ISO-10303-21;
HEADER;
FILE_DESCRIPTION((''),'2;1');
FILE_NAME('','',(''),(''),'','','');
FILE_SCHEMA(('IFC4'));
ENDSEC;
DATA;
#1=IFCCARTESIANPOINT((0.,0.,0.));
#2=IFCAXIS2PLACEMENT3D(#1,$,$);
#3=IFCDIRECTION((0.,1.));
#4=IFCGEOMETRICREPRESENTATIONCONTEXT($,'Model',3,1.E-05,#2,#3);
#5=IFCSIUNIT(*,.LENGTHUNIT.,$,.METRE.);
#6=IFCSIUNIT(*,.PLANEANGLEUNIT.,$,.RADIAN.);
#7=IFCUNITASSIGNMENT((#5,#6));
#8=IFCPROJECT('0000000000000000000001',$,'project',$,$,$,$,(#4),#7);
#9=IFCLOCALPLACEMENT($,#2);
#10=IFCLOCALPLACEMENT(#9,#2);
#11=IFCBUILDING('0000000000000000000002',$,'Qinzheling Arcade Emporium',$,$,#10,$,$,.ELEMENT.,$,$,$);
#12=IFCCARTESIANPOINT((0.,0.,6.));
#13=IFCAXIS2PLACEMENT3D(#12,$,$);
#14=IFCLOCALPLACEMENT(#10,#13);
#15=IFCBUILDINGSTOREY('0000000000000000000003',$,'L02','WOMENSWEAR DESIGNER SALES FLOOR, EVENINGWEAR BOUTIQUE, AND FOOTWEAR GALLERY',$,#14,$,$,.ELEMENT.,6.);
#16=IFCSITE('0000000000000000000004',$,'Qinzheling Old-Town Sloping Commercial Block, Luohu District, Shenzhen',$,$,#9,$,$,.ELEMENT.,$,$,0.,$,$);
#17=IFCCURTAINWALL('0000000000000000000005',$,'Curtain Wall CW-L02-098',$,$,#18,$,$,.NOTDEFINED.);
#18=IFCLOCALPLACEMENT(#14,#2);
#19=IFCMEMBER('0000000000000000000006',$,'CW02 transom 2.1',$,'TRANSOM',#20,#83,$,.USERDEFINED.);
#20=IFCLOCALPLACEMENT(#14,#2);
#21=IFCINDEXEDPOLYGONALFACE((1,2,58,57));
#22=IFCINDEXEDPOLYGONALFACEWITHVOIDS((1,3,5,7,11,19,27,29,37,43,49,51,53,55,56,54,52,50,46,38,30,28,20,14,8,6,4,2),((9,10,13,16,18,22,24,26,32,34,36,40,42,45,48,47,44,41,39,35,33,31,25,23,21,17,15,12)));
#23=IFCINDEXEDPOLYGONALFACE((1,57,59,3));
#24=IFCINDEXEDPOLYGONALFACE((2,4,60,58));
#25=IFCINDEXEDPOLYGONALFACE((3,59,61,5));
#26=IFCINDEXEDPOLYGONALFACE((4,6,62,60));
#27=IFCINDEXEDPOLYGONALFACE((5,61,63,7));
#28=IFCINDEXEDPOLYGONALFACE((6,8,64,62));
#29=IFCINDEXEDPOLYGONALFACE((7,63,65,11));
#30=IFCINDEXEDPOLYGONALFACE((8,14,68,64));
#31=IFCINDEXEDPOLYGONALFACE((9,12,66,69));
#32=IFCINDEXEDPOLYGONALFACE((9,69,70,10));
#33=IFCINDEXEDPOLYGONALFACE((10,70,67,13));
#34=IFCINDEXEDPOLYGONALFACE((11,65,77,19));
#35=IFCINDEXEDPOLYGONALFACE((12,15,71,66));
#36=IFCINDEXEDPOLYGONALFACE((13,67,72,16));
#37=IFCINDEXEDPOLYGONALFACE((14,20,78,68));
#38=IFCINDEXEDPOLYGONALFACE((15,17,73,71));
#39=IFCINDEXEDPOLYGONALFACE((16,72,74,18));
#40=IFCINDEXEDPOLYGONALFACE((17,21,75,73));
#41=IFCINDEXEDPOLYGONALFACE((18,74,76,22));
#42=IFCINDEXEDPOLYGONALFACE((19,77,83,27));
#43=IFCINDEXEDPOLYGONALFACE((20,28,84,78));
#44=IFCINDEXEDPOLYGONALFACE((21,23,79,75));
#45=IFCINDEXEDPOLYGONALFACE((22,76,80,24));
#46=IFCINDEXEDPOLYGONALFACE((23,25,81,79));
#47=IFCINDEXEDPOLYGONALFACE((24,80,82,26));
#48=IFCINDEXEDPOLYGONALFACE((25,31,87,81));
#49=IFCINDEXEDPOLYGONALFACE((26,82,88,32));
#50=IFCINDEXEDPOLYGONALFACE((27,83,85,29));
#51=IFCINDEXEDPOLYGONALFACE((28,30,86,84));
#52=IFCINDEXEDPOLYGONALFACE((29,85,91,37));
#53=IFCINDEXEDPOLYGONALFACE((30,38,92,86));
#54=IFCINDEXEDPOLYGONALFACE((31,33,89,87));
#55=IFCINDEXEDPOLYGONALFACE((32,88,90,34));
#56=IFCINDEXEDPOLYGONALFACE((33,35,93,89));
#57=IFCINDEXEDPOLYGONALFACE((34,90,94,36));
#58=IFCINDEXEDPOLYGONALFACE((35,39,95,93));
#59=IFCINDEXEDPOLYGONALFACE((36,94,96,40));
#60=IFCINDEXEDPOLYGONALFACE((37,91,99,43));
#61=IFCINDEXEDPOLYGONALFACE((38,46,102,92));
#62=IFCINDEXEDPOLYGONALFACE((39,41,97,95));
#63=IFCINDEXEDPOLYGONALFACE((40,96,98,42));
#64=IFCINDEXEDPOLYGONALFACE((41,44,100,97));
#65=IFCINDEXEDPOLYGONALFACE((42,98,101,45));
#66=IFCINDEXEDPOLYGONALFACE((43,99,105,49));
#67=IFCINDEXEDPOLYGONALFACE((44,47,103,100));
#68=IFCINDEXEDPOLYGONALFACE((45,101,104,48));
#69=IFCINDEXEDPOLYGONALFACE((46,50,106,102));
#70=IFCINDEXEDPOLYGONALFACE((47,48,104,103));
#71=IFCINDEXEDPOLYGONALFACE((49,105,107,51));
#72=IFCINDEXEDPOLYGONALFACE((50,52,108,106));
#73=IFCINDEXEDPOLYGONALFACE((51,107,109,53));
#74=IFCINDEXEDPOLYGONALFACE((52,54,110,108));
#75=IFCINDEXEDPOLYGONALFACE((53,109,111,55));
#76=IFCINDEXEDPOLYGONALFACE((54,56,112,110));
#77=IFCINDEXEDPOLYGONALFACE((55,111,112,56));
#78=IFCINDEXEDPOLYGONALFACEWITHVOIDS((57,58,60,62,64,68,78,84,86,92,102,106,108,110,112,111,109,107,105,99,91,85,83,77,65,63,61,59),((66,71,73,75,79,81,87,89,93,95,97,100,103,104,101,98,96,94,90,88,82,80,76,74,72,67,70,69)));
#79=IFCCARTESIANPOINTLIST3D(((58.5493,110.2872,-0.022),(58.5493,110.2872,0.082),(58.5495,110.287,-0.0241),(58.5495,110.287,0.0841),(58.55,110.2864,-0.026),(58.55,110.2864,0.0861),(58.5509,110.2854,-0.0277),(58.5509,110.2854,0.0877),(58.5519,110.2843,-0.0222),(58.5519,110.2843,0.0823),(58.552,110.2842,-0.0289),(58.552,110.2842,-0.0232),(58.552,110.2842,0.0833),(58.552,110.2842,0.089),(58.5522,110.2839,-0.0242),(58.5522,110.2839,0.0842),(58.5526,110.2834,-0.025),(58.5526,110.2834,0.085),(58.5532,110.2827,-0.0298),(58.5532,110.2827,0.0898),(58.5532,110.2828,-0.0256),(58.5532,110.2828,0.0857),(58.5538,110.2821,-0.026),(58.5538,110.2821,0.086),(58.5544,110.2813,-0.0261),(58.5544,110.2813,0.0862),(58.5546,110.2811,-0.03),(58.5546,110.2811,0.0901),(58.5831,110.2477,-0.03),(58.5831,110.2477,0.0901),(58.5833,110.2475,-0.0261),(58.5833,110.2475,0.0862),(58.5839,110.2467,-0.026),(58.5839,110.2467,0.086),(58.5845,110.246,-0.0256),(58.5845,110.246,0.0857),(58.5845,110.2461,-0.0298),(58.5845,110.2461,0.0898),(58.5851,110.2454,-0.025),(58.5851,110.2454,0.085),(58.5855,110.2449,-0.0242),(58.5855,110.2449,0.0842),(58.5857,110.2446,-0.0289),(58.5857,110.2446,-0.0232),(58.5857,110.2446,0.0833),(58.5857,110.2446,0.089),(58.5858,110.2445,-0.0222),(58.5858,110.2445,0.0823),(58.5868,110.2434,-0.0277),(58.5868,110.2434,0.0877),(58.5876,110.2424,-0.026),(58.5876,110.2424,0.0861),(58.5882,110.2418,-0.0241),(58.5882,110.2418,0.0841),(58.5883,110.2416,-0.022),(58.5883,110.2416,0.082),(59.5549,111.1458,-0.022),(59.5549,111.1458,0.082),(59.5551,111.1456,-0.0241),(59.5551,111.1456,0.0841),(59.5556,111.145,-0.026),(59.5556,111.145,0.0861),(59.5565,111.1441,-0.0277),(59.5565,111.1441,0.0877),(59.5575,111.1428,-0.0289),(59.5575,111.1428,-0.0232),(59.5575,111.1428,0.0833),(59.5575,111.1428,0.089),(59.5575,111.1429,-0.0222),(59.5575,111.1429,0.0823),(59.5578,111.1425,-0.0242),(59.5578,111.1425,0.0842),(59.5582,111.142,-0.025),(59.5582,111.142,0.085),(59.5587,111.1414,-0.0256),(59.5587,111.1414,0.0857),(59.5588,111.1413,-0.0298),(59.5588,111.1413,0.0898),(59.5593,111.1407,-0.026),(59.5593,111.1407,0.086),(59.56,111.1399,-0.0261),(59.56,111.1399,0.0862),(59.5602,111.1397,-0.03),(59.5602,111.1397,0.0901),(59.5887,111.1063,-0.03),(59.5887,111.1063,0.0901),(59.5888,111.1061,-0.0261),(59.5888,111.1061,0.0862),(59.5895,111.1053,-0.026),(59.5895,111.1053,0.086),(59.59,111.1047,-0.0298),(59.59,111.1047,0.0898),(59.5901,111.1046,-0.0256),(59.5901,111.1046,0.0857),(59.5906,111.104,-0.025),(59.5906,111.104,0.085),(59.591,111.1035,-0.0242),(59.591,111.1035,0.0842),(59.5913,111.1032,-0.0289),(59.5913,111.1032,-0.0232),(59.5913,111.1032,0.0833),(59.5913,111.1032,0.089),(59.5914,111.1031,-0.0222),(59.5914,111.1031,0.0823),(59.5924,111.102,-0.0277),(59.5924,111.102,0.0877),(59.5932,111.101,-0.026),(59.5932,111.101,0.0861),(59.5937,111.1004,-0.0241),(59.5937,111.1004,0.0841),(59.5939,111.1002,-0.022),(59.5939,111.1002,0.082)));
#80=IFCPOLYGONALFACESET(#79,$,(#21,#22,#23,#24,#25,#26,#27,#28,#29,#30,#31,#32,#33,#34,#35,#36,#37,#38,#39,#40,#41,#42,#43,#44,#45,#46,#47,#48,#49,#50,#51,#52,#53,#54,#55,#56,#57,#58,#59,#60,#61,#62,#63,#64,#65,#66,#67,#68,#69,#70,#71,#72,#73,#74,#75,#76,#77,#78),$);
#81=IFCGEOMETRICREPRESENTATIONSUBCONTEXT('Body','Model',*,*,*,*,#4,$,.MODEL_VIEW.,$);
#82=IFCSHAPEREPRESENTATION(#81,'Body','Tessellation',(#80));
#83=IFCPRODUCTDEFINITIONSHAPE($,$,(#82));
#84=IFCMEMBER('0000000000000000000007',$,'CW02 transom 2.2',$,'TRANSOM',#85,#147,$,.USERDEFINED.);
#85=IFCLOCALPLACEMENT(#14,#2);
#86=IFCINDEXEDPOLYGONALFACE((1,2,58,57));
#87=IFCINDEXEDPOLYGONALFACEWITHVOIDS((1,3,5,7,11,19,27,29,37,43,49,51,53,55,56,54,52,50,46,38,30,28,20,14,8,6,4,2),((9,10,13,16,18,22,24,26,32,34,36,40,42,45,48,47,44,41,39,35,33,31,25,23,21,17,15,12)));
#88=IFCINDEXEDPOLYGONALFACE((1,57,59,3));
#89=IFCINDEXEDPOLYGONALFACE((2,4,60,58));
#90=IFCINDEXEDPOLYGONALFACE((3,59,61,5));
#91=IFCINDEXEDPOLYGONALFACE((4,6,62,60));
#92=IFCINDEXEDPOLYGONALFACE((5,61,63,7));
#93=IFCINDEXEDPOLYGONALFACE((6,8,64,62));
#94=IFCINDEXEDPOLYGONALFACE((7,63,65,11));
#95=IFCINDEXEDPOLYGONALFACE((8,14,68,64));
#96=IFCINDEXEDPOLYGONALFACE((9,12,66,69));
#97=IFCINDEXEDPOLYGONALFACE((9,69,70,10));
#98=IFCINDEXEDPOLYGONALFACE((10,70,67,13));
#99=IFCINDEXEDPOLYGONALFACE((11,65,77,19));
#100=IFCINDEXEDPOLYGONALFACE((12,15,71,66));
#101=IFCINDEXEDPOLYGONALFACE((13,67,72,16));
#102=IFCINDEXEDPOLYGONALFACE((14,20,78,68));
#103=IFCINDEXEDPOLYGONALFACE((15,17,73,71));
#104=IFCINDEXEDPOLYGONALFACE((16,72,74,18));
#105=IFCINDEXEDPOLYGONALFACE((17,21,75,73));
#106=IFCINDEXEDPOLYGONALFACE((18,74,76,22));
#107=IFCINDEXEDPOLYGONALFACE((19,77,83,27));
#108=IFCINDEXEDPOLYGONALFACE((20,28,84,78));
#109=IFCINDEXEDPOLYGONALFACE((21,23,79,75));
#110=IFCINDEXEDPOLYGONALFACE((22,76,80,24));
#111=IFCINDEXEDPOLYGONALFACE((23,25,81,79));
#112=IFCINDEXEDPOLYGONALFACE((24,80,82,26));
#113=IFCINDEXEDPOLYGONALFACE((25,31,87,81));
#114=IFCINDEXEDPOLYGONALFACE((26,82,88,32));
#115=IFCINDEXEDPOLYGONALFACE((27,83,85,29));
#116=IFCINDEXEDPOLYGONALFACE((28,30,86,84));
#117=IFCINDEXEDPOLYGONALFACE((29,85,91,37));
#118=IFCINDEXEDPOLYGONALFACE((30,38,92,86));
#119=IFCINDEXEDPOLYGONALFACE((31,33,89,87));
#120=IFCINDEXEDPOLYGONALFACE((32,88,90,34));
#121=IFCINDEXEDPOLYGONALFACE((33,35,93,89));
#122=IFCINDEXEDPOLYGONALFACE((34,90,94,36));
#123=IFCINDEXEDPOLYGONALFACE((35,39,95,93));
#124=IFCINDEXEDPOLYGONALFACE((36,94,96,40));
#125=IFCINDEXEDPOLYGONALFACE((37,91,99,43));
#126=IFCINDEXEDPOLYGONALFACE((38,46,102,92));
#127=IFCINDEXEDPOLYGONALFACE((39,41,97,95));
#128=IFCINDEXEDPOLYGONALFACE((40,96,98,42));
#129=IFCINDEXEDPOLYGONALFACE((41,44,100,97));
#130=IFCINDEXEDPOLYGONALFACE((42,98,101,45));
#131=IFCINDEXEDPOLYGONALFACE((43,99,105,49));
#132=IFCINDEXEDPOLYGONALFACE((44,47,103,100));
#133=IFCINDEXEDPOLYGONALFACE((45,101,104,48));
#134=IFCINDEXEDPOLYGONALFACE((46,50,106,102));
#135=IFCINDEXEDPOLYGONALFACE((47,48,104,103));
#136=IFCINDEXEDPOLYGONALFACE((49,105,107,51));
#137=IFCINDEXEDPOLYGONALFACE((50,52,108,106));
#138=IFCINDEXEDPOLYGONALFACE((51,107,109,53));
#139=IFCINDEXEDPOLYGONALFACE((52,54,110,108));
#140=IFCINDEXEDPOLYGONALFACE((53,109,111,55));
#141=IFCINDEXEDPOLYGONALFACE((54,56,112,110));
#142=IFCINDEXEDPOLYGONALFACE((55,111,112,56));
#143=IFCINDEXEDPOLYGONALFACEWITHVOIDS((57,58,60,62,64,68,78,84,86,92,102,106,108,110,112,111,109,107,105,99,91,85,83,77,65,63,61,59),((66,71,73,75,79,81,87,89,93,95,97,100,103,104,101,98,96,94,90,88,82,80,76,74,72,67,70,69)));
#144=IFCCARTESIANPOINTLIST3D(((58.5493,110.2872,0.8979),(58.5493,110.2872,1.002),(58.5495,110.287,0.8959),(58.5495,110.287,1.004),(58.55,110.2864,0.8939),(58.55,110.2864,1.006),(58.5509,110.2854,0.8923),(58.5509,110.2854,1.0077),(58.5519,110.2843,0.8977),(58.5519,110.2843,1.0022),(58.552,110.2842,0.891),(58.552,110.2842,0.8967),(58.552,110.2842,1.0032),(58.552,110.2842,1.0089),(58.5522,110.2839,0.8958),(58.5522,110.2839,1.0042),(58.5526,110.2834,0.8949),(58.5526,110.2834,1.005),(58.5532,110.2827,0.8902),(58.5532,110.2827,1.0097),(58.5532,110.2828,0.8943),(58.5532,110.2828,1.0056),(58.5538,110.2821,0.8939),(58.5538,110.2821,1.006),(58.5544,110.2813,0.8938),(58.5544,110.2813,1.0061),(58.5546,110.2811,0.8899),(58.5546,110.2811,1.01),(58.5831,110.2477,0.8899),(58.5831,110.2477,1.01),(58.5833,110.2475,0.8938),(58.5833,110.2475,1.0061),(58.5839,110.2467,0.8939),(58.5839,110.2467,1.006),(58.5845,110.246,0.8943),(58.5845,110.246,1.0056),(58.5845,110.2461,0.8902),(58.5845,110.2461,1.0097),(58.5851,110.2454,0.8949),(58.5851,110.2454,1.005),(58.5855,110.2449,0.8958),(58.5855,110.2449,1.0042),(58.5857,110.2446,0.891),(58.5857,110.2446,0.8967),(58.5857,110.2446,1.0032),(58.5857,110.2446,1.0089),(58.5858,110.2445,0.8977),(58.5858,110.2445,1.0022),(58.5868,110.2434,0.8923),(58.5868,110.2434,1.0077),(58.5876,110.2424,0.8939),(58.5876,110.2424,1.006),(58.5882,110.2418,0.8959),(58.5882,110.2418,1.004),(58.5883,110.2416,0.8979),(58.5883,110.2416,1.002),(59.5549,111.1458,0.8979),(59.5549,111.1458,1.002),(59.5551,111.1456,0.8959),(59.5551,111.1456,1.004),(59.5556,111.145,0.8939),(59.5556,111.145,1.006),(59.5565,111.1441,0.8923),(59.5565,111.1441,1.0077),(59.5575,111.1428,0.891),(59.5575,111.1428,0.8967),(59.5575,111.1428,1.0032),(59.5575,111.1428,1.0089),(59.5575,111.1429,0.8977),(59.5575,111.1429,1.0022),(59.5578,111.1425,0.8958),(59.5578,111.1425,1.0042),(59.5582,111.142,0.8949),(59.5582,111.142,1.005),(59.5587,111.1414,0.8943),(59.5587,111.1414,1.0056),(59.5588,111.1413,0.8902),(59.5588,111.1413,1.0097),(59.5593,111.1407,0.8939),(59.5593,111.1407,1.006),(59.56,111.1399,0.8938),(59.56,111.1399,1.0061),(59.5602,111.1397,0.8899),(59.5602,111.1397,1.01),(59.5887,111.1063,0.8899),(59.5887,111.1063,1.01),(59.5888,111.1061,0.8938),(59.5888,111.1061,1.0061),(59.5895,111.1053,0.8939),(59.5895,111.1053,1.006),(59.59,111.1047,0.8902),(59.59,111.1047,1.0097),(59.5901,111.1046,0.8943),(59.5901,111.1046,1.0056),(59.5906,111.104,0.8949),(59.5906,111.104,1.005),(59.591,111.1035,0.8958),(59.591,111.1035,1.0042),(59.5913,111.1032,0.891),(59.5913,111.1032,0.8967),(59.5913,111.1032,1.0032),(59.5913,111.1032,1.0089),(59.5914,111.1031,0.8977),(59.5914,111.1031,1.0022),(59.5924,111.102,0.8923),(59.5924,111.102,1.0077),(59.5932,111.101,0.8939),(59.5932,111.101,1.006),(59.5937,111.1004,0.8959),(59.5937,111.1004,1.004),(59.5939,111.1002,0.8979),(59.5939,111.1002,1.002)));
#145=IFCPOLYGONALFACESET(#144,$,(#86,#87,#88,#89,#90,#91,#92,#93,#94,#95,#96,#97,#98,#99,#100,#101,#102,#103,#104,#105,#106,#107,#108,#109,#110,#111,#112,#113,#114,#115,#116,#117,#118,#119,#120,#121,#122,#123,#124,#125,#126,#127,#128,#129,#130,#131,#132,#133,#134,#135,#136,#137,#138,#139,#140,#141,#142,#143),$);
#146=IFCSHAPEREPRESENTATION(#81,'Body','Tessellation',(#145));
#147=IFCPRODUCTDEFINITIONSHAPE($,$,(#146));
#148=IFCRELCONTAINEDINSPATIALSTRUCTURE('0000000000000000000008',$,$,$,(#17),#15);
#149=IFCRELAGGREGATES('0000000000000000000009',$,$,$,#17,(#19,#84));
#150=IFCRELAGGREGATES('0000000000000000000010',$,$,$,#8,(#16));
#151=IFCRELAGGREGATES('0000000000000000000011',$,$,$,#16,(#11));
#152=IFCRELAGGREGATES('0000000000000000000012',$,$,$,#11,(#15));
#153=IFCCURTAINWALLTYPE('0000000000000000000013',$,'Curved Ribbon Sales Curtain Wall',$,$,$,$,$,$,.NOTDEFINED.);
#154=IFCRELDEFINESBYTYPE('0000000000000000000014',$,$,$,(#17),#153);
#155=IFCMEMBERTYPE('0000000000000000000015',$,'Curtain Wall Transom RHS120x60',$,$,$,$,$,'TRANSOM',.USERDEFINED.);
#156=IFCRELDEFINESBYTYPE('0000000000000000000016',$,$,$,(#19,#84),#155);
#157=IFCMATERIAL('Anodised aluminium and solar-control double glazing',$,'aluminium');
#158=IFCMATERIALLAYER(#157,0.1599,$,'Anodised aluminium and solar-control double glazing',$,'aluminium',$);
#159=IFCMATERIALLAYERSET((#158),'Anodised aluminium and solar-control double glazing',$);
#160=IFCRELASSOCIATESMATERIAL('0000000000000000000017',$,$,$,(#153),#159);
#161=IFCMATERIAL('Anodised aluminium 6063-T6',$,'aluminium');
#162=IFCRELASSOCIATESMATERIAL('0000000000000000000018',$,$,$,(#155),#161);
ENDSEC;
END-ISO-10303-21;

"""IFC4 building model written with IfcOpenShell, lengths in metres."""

from ifc_helpers import new_model, si_unit, direction, frame, origin, origin_2d, place, context, subcontext, project, spatial, hollow_rectangle, extrude, material, layer, layer_set, material_profile, profile_set, type_object, element, aggregate, save


model = new_model("IFC4")

# Units and contexts
model_context = context("Model", 3, precision=1e-05, world=origin(), true_north=direction((0.0, 1.0)))
body_context = subcontext(model_context, "Body", "Model", "MODEL_VIEW")
ifc_project = project(units=[si_unit("LENGTHUNIT", "METRE"), si_unit("PLANEANGLEUNIT", "RADIAN")], contexts=[model_context])

# Site, building, storey
site_placement = place(None, origin())
site = spatial("IfcSite", under=ifc_project, at=site_placement, Name="Qinzheling Old-Town Sloping Commercial Block, Luohu District, Shenzhen", CompositionType="ELEMENT", RefElevation=0.0)
building_placement = place(site_placement, origin())
building = spatial("IfcBuilding", under=site, at=building_placement, Name="Qinzheling Arcade Emporium", CompositionType="ELEMENT")
storey_placement = place(building_placement, frame((0.0, 0.0, 6.0)))
storey = spatial("IfcBuildingStorey", under=building, at=storey_placement, Name="L02", Description="WOMENSWEAR DESIGNER SALES FLOOR, EVENINGWEAR BOUTIQUE, AND FOOTWEAR GALLERY", CompositionType="ELEMENT", Elevation=6.0)

# Shared definitions
ifc_material_1 = material(Name="Anodised aluminium and solar-control double glazing", Category="aluminium")
ifc_layer_1 = layer(ifc_material_1, 0.1599, Name="Anodised aluminium and solar-control double glazing", Category="aluminium")
ifc_layer_set_1 = layer_set([ifc_layer_1], Name="Anodised aluminium and solar-control double glazing")
curtain_wall_type = type_object("IfcCurtainWallType", Name="Curved Ribbon Sales Curtain Wall", PredefinedType="NOTDEFINED", material=ifc_layer_set_1)
ifc_material_2 = material(Name="Anodised aluminium 6063-T6", Category="aluminium")

# Curtain wall, members
curtain_wall_1_placement = place(storey_placement, origin())
curtain_wall_1 = element("IfcCurtainWall", 1, at=curtain_wall_1_placement, inside=storey, type_object=curtain_wall_type, Name="Curtain Wall CW-L02-098", PredefinedType="NOTDEFINED")
ifc_material_profile_1 = material_profile(ifc_material_2, hollow_rectangle(XDim=0.0601, YDim=0.1201, WallThickness=0.0039, InnerFilletRadius=0.0039, OuterFilletRadius=0.0081, at=origin_2d()), Name="RHS 120x60x4", Category="aluminium")
ifc_profile_set_1 = profile_set([ifc_material_profile_1], Name="Anodised aluminium 6063-T6")
member_type_1 = type_object("IfcMemberType", Name="Curtain Wall Transom RHS120x60", ElementType="TRANSOM", PredefinedType="USERDEFINED", material=ifc_profile_set_1)
member_1_placement = place(storey_placement, frame((58.5688, 110.2644, 0.03), z_axis=(0.760493, 0.649346, 0.0), x_axis=(-0.649346, 0.760493, 0.0)))
member_1 = element("IfcMember", 2, at=member_1_placement, type_object=member_type_1, Name="CW02 transom 2.1", ObjectType="TRANSOM", PredefinedType="USERDEFINED", context=body_context, shape_type="SweptSolid", body=[
    extrude(hollow_rectangle(XDim=0.0601, YDim=0.1201, WallThickness=0.0039, InnerFilletRadius=0.0039, OuterFilletRadius=0.0081, at=origin_2d()), origin(), (0.0, 0.0, 1.0), 1.3223),
])
member_2_placement = place(storey_placement, frame((58.5688, 110.2644, 0.95), z_axis=(0.760493, 0.649346, 0.0), x_axis=(-0.649346, 0.760493, 0.0)))
member_2 = element("IfcMember", 3, at=member_2_placement, type_object=member_type_1, Name="CW02 transom 2.2", ObjectType="TRANSOM", PredefinedType="USERDEFINED", context=body_context, shape_type="SweptSolid", body=[
    extrude(hollow_rectangle(XDim=0.0601, YDim=0.1201, WallThickness=0.0039, InnerFilletRadius=0.0039, OuterFilletRadius=0.0081, at=origin_2d()), origin(), (0.0, 0.0, 1.0), 1.3223),
])

aggregate(curtain_wall_1, [member_1, member_2])

save(model, "model.ifc")
